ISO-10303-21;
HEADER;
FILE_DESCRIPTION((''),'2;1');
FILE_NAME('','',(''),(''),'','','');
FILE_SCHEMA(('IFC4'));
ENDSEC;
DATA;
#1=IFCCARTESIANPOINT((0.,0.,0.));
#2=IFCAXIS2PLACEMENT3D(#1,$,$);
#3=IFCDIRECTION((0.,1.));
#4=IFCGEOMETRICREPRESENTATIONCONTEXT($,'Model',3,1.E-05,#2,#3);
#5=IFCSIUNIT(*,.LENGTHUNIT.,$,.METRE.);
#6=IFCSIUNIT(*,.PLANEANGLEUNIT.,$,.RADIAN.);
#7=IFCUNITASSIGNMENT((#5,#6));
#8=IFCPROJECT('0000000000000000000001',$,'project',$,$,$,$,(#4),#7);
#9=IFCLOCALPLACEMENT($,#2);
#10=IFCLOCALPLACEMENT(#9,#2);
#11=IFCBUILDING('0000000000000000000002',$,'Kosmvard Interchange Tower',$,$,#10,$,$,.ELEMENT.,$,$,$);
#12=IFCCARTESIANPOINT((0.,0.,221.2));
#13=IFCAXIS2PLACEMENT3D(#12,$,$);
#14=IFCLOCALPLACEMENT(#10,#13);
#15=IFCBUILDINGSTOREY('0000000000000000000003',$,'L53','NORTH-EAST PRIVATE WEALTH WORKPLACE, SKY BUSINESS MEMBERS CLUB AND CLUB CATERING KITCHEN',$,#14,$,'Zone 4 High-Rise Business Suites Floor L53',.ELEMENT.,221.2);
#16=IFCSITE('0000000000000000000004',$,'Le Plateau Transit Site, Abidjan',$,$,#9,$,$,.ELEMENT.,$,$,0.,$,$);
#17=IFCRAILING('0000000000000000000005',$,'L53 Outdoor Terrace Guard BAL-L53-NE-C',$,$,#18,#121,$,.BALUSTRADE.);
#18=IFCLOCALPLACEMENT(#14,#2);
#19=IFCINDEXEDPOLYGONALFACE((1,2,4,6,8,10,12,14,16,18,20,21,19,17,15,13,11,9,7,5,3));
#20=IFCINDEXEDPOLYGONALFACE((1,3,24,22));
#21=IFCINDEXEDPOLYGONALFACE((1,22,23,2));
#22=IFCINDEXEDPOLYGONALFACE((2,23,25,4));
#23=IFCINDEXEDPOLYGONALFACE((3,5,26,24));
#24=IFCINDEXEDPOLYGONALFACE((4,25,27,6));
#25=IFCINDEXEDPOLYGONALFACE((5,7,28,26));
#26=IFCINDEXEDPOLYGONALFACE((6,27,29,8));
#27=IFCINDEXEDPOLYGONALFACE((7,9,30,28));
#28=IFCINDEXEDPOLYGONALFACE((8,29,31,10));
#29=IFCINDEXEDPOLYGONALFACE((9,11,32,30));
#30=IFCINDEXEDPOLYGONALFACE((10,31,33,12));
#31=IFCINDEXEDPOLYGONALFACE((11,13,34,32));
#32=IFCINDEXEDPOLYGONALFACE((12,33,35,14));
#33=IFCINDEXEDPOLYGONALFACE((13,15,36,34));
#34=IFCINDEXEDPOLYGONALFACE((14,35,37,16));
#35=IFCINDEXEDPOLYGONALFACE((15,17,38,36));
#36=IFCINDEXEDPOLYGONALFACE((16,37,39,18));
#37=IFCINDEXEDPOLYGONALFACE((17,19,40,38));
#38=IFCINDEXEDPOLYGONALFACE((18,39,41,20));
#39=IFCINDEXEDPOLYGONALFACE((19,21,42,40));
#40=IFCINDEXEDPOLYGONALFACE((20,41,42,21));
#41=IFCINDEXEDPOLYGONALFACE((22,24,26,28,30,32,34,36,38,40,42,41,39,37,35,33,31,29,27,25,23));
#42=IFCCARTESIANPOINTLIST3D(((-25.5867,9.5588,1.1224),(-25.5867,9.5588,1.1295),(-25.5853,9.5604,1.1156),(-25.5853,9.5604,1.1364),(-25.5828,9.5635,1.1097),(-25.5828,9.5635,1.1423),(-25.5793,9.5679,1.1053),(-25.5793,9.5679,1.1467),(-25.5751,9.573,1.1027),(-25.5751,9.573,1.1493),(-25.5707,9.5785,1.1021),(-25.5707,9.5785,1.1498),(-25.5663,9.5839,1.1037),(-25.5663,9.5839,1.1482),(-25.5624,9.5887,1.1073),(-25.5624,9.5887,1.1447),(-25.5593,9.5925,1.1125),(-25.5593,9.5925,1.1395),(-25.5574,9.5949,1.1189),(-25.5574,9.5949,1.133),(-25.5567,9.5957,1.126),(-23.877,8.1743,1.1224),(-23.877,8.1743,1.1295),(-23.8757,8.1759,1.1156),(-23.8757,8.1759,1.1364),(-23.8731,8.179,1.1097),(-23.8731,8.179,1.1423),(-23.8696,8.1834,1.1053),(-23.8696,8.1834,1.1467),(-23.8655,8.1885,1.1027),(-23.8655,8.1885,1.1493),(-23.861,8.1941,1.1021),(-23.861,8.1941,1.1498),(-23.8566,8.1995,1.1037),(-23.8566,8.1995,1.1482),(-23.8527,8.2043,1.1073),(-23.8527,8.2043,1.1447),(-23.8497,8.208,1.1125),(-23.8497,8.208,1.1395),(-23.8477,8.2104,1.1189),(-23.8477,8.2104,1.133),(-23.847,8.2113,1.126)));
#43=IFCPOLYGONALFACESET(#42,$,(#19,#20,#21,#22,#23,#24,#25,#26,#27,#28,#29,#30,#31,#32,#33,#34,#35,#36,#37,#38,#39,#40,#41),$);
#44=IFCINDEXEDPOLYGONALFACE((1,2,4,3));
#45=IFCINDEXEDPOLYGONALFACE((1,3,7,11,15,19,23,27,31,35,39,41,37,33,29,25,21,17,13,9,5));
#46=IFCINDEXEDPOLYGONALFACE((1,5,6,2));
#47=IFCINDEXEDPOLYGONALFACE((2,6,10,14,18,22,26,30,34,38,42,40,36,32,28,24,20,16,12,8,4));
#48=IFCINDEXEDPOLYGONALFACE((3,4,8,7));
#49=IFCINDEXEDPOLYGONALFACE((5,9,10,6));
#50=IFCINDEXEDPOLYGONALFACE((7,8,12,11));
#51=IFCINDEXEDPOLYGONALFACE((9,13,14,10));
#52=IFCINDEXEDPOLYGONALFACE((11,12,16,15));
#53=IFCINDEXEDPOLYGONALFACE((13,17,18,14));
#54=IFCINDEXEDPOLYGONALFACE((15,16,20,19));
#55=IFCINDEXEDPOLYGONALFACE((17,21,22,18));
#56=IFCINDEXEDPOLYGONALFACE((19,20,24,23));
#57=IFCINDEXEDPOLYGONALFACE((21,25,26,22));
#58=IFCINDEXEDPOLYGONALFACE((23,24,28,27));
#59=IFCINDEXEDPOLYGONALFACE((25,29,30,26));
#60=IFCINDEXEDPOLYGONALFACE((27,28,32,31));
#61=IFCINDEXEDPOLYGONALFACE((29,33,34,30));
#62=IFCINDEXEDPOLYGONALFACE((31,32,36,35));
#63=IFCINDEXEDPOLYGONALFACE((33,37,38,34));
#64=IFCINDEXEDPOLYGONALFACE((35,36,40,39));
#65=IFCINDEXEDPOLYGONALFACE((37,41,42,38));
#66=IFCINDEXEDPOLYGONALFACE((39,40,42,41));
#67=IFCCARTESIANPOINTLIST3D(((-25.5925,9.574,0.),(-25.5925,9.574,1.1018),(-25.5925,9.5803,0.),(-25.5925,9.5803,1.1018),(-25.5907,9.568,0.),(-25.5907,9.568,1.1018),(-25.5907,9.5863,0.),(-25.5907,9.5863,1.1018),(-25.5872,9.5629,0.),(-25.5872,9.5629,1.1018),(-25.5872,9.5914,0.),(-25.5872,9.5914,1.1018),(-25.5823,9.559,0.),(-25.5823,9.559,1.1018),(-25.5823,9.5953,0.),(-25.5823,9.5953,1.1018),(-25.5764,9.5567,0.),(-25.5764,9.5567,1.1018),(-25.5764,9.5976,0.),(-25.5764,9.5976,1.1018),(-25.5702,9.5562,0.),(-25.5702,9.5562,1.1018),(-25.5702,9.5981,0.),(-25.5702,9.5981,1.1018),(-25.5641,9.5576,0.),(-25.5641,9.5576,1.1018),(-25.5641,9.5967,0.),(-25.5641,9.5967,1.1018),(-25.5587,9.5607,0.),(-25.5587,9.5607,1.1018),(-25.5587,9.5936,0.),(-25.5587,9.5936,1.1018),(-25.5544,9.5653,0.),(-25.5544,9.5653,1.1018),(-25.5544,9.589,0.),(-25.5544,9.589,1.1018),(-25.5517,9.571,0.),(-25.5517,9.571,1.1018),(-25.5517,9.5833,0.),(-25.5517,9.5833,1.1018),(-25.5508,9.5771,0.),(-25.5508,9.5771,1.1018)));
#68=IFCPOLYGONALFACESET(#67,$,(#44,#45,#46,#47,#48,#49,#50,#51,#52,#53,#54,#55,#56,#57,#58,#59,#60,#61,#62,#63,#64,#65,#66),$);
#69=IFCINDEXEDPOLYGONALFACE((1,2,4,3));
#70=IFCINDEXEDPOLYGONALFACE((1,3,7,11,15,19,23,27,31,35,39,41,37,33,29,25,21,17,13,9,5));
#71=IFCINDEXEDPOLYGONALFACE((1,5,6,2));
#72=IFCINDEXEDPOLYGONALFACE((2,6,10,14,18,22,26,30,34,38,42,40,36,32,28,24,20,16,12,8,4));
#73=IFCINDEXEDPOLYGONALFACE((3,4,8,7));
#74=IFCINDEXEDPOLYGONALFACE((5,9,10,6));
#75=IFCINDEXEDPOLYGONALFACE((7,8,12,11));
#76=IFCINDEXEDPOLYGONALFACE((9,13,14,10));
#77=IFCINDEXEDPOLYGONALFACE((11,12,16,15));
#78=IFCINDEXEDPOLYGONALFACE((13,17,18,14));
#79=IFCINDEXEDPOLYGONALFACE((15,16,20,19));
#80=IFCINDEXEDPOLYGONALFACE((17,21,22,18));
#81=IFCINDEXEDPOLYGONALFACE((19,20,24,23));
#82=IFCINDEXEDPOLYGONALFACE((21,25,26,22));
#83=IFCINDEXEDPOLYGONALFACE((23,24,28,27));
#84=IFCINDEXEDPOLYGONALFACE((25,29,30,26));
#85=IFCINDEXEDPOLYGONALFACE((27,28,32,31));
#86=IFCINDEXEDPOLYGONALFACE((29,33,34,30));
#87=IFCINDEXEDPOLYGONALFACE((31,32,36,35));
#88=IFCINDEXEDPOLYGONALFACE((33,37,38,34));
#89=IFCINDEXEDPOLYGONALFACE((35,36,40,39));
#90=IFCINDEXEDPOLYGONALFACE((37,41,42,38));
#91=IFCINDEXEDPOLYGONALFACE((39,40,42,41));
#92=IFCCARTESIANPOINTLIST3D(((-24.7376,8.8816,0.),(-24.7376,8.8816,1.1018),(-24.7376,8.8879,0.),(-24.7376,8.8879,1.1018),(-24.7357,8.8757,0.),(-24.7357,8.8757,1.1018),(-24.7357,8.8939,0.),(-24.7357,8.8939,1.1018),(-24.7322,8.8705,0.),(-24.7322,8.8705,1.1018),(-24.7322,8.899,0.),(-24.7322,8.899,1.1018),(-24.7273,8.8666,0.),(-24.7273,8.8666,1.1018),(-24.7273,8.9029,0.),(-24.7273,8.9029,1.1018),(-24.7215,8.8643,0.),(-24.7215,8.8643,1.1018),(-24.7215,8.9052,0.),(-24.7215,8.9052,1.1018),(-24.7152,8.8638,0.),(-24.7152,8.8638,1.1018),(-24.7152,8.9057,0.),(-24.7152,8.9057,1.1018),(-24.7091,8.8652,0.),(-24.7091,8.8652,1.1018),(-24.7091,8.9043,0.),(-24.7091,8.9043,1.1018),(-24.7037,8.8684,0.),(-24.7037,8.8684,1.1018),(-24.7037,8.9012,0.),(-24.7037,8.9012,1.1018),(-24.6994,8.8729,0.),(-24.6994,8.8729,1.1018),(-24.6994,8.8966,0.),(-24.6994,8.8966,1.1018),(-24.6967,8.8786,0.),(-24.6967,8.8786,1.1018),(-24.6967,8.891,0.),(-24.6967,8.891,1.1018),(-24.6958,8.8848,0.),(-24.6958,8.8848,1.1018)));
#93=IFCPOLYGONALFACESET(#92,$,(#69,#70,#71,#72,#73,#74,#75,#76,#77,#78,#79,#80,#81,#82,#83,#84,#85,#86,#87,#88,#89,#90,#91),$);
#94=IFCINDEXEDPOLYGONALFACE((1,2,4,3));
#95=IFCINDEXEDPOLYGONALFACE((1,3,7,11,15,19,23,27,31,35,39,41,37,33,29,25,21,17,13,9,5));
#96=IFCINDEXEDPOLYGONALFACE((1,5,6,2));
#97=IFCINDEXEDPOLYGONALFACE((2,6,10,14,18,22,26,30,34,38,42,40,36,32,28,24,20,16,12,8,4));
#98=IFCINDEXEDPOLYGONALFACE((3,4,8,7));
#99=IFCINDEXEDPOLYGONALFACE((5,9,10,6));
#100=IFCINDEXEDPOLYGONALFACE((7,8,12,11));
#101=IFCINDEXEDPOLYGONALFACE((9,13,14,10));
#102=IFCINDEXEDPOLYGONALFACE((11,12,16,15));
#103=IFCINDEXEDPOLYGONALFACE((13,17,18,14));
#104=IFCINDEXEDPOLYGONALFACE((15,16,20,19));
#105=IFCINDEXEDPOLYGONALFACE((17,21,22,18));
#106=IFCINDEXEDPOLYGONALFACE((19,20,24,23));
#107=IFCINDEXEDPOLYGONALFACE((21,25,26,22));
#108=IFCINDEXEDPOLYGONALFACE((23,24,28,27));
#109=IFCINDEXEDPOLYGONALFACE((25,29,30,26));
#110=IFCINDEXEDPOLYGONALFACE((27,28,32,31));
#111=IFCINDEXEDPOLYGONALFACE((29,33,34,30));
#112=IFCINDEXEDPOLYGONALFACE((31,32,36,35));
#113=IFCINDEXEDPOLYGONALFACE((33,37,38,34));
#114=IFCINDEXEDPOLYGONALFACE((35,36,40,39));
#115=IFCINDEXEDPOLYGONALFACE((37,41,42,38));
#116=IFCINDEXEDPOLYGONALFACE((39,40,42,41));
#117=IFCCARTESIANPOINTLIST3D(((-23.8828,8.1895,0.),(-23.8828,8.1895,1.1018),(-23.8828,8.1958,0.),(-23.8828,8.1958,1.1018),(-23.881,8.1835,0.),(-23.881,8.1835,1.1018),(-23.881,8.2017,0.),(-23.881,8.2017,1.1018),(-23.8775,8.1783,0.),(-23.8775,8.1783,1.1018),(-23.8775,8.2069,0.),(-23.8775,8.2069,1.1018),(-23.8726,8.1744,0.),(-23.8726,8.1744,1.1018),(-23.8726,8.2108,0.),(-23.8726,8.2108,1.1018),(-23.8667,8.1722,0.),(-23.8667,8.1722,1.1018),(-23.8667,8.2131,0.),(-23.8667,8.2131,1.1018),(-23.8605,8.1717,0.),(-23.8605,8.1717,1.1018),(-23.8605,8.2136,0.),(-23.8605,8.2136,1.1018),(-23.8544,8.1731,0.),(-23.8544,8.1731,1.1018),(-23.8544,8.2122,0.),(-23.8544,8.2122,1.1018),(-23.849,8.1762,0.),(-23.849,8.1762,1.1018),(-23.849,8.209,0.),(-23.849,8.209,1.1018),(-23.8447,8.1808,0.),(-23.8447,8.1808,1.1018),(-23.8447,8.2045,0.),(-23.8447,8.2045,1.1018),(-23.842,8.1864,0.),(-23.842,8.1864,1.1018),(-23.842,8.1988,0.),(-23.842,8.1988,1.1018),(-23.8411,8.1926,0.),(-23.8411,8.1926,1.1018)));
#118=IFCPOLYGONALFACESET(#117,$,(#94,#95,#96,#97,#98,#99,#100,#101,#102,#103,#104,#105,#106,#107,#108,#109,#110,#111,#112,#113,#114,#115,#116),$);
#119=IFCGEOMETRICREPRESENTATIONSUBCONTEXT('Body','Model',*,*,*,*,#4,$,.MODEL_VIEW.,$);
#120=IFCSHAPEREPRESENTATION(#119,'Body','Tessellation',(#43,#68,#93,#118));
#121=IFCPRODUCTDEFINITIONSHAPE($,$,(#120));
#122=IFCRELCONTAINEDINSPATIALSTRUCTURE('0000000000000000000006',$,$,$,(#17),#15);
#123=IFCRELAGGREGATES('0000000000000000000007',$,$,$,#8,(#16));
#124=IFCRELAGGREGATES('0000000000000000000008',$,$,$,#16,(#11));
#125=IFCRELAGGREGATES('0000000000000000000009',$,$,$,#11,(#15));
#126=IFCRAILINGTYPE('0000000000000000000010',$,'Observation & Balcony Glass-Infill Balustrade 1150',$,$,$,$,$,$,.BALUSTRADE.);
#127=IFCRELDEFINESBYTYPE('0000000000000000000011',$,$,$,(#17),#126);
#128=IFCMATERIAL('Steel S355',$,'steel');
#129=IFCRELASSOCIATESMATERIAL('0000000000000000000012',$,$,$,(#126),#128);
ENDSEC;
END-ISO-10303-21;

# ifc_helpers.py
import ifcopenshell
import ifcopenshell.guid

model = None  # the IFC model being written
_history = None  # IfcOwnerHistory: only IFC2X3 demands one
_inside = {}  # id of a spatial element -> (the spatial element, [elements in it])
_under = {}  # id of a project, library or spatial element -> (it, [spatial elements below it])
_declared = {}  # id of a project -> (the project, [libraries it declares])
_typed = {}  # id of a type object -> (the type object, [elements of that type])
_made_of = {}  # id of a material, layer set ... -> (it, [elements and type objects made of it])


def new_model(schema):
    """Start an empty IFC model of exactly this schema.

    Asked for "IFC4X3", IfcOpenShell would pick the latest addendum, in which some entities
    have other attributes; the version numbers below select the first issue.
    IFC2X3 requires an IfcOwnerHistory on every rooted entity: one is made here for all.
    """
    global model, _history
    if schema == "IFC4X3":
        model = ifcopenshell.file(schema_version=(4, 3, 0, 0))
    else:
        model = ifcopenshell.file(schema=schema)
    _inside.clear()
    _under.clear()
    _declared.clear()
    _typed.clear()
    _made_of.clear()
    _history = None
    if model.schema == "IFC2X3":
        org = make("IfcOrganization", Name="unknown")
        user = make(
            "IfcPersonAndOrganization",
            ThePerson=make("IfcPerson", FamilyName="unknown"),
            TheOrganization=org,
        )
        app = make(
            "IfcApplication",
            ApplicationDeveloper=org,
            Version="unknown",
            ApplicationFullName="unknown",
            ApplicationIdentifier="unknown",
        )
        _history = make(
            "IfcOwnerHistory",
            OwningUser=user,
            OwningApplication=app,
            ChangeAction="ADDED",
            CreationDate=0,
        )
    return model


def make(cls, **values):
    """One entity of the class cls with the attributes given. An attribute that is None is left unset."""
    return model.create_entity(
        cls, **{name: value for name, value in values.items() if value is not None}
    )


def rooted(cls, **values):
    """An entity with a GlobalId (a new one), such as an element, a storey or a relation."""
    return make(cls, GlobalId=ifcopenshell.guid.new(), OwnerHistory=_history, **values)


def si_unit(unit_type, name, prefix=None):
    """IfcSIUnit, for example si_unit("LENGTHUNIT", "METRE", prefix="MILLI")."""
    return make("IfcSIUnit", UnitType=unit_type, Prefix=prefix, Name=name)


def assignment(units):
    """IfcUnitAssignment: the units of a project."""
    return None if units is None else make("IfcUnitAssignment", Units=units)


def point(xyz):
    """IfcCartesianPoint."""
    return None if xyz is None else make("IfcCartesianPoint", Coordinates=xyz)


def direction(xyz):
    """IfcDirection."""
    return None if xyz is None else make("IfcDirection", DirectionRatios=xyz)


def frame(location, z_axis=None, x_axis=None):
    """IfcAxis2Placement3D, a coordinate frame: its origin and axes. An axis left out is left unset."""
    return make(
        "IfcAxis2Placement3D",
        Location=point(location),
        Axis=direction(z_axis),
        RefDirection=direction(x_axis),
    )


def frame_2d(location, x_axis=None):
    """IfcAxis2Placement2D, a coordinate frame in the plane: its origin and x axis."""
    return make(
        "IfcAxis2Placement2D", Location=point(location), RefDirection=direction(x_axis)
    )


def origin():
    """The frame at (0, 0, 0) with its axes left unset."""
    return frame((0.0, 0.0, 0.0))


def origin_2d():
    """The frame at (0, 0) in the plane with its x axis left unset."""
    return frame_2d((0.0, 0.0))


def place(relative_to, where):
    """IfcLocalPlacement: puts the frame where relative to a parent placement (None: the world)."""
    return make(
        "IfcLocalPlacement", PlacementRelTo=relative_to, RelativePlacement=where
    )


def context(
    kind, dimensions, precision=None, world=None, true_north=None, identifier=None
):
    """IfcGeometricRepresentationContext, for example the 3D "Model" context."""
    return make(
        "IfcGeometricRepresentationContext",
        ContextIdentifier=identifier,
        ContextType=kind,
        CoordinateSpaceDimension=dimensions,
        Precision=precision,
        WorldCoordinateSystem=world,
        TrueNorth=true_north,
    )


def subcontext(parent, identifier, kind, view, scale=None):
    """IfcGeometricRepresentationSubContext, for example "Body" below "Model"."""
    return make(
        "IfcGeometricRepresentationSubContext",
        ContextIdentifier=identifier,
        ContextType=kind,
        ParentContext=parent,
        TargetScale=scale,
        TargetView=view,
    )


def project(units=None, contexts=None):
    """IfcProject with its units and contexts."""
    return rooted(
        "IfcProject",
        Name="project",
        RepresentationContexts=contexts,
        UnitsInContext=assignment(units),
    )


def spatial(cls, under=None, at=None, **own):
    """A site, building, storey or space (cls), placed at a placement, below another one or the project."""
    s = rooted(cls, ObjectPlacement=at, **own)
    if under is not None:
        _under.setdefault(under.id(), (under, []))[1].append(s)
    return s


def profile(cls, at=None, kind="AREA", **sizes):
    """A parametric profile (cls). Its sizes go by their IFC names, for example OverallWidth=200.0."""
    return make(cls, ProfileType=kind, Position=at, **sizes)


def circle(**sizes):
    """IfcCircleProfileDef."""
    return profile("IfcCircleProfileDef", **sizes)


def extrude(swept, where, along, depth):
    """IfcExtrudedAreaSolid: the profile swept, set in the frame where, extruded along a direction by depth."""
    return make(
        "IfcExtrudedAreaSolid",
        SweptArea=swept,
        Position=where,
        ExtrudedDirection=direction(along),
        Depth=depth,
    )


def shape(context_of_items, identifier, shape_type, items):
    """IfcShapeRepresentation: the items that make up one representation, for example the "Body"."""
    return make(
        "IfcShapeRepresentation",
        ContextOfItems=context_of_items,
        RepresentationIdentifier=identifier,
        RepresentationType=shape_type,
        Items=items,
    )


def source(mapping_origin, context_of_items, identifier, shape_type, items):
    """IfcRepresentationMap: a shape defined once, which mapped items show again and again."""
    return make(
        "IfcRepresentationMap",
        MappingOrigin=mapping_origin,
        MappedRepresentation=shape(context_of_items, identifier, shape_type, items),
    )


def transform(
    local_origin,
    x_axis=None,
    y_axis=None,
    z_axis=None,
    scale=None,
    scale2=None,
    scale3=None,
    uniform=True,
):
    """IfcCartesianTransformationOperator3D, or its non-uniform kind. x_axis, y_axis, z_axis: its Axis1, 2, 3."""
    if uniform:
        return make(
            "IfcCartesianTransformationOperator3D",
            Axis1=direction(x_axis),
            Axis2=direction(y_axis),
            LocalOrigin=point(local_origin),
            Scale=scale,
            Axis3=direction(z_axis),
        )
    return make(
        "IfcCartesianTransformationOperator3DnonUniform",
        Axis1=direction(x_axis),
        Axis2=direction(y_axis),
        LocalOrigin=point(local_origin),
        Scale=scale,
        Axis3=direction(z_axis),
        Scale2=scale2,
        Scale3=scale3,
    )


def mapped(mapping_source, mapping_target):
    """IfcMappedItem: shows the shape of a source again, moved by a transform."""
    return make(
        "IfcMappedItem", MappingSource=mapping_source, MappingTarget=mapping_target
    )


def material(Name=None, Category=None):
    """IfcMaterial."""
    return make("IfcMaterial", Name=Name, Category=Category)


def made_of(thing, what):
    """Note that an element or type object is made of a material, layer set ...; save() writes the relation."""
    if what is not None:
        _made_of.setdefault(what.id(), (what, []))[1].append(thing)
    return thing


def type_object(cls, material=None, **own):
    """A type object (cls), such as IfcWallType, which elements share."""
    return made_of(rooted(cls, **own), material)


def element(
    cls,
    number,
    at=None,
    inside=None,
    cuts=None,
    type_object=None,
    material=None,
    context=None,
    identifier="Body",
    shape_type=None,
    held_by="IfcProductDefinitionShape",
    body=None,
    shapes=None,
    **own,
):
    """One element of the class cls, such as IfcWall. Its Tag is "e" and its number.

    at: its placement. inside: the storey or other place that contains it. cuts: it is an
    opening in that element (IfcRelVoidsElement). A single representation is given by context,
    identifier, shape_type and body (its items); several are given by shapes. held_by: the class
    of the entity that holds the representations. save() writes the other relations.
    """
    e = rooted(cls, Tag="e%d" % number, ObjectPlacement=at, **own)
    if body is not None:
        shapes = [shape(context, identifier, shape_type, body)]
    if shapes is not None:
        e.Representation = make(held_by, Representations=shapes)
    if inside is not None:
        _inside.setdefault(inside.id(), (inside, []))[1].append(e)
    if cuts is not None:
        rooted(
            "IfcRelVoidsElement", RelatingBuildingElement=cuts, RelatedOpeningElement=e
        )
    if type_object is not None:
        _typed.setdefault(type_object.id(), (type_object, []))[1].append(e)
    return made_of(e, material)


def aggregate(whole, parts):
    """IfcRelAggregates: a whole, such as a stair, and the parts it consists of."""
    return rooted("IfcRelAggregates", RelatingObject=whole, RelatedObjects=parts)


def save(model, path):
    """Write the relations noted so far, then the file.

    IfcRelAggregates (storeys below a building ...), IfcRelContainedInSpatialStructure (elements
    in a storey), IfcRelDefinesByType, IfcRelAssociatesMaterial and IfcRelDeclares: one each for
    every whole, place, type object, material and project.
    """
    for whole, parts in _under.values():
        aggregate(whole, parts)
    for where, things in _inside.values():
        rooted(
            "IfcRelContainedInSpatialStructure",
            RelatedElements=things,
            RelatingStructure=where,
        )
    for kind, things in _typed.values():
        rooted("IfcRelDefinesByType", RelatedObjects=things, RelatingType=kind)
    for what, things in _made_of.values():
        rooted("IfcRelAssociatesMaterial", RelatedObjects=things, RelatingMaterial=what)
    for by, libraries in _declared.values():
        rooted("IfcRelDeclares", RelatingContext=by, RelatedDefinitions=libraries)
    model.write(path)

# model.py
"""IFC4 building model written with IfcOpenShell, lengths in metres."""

from ifc_helpers import new_model, si_unit, direction, frame, origin, origin_2d, place, context, subcontext, project, spatial, circle, extrude, source, transform, mapped, material, type_object, element, save


model = new_model("IFC4")

# Units and contexts
model_context = context("Model", 3, precision=1e-05, world=origin(), true_north=direction((0.0, 1.0)))
body_context = subcontext(model_context, "Body", "Model", "MODEL_VIEW")
ifc_project = project(units=[si_unit("LENGTHUNIT", "METRE"), si_unit("PLANEANGLEUNIT", "RADIAN")], contexts=[model_context])

# Site, building, storey
site_placement = place(None, origin())
site = spatial("IfcSite", under=ifc_project, at=site_placement, Name="Le Plateau Transit Site, Abidjan", CompositionType="ELEMENT", RefElevation=0.0)
building_placement = place(site_placement, origin())
building = spatial("IfcBuilding", under=site, at=building_placement, Name="Kosmvard Interchange Tower", CompositionType="ELEMENT")
storey_placement = place(building_placement, frame((0.0, 0.0, 221.2)))
storey = spatial("IfcBuildingStorey", under=building, at=storey_placement, Name="L53", Description="NORTH-EAST PRIVATE WEALTH WORKPLACE, SKY BUSINESS MEMBERS CLUB AND CLUB CATERING KITCHEN", LongName="Zone 4 High-Rise Business Suites Floor L53", CompositionType="ELEMENT", Elevation=221.2)

# Shared definitions
ifc_material_1 = material(Name="Steel S355", Category="steel")

# Railing
railing_type = type_object("IfcRailingType", Name="Observation & Balcony Glass-Infill Balustrade 1150", PredefinedType="BALUSTRADE", material=ifc_material_1)
shared_shape_1 = source(origin(), body_context, "Body", "SweptSolid", [
    extrude(circle(Radius=0.0239, at=origin_2d()), frame((0.0, 0.0, 1.126), z_axis=(0.777141, -0.629326, 0.0), x_axis=(0.629326, 0.777141, 0.0)), (0.0, 0.0, 1.0), 2.2),
    extrude(circle(Radius=0.021, at=origin_2d()), origin(), (0.0, 0.0, 1.0), 1.1018),
    extrude(circle(Radius=0.021, at=origin_2d()), frame((0.855, -0.6924, 0.0)), (0.0, 0.0, 1.0), 1.1018),
    extrude(circle(Radius=0.021, at=origin_2d()), frame((1.7097, -1.3845, 0.0)), (0.0, 0.0, 1.0), 1.1018),
])
railing_1_placement = place(storey_placement, frame((-25.5718, 9.5771, 0.0)))
element("IfcRailing", 1, at=railing_1_placement, inside=storey, type_object=railing_type, Name="L53 Outdoor Terrace Guard BAL-L53-NE-C", PredefinedType="BALUSTRADE", context=body_context, shape_type="MappedRepresentation", body=[
    mapped(shared_shape_1, transform((0.0, 0.0, 0.0), scale=1.0)),
])

save(model, "model.ifc")
